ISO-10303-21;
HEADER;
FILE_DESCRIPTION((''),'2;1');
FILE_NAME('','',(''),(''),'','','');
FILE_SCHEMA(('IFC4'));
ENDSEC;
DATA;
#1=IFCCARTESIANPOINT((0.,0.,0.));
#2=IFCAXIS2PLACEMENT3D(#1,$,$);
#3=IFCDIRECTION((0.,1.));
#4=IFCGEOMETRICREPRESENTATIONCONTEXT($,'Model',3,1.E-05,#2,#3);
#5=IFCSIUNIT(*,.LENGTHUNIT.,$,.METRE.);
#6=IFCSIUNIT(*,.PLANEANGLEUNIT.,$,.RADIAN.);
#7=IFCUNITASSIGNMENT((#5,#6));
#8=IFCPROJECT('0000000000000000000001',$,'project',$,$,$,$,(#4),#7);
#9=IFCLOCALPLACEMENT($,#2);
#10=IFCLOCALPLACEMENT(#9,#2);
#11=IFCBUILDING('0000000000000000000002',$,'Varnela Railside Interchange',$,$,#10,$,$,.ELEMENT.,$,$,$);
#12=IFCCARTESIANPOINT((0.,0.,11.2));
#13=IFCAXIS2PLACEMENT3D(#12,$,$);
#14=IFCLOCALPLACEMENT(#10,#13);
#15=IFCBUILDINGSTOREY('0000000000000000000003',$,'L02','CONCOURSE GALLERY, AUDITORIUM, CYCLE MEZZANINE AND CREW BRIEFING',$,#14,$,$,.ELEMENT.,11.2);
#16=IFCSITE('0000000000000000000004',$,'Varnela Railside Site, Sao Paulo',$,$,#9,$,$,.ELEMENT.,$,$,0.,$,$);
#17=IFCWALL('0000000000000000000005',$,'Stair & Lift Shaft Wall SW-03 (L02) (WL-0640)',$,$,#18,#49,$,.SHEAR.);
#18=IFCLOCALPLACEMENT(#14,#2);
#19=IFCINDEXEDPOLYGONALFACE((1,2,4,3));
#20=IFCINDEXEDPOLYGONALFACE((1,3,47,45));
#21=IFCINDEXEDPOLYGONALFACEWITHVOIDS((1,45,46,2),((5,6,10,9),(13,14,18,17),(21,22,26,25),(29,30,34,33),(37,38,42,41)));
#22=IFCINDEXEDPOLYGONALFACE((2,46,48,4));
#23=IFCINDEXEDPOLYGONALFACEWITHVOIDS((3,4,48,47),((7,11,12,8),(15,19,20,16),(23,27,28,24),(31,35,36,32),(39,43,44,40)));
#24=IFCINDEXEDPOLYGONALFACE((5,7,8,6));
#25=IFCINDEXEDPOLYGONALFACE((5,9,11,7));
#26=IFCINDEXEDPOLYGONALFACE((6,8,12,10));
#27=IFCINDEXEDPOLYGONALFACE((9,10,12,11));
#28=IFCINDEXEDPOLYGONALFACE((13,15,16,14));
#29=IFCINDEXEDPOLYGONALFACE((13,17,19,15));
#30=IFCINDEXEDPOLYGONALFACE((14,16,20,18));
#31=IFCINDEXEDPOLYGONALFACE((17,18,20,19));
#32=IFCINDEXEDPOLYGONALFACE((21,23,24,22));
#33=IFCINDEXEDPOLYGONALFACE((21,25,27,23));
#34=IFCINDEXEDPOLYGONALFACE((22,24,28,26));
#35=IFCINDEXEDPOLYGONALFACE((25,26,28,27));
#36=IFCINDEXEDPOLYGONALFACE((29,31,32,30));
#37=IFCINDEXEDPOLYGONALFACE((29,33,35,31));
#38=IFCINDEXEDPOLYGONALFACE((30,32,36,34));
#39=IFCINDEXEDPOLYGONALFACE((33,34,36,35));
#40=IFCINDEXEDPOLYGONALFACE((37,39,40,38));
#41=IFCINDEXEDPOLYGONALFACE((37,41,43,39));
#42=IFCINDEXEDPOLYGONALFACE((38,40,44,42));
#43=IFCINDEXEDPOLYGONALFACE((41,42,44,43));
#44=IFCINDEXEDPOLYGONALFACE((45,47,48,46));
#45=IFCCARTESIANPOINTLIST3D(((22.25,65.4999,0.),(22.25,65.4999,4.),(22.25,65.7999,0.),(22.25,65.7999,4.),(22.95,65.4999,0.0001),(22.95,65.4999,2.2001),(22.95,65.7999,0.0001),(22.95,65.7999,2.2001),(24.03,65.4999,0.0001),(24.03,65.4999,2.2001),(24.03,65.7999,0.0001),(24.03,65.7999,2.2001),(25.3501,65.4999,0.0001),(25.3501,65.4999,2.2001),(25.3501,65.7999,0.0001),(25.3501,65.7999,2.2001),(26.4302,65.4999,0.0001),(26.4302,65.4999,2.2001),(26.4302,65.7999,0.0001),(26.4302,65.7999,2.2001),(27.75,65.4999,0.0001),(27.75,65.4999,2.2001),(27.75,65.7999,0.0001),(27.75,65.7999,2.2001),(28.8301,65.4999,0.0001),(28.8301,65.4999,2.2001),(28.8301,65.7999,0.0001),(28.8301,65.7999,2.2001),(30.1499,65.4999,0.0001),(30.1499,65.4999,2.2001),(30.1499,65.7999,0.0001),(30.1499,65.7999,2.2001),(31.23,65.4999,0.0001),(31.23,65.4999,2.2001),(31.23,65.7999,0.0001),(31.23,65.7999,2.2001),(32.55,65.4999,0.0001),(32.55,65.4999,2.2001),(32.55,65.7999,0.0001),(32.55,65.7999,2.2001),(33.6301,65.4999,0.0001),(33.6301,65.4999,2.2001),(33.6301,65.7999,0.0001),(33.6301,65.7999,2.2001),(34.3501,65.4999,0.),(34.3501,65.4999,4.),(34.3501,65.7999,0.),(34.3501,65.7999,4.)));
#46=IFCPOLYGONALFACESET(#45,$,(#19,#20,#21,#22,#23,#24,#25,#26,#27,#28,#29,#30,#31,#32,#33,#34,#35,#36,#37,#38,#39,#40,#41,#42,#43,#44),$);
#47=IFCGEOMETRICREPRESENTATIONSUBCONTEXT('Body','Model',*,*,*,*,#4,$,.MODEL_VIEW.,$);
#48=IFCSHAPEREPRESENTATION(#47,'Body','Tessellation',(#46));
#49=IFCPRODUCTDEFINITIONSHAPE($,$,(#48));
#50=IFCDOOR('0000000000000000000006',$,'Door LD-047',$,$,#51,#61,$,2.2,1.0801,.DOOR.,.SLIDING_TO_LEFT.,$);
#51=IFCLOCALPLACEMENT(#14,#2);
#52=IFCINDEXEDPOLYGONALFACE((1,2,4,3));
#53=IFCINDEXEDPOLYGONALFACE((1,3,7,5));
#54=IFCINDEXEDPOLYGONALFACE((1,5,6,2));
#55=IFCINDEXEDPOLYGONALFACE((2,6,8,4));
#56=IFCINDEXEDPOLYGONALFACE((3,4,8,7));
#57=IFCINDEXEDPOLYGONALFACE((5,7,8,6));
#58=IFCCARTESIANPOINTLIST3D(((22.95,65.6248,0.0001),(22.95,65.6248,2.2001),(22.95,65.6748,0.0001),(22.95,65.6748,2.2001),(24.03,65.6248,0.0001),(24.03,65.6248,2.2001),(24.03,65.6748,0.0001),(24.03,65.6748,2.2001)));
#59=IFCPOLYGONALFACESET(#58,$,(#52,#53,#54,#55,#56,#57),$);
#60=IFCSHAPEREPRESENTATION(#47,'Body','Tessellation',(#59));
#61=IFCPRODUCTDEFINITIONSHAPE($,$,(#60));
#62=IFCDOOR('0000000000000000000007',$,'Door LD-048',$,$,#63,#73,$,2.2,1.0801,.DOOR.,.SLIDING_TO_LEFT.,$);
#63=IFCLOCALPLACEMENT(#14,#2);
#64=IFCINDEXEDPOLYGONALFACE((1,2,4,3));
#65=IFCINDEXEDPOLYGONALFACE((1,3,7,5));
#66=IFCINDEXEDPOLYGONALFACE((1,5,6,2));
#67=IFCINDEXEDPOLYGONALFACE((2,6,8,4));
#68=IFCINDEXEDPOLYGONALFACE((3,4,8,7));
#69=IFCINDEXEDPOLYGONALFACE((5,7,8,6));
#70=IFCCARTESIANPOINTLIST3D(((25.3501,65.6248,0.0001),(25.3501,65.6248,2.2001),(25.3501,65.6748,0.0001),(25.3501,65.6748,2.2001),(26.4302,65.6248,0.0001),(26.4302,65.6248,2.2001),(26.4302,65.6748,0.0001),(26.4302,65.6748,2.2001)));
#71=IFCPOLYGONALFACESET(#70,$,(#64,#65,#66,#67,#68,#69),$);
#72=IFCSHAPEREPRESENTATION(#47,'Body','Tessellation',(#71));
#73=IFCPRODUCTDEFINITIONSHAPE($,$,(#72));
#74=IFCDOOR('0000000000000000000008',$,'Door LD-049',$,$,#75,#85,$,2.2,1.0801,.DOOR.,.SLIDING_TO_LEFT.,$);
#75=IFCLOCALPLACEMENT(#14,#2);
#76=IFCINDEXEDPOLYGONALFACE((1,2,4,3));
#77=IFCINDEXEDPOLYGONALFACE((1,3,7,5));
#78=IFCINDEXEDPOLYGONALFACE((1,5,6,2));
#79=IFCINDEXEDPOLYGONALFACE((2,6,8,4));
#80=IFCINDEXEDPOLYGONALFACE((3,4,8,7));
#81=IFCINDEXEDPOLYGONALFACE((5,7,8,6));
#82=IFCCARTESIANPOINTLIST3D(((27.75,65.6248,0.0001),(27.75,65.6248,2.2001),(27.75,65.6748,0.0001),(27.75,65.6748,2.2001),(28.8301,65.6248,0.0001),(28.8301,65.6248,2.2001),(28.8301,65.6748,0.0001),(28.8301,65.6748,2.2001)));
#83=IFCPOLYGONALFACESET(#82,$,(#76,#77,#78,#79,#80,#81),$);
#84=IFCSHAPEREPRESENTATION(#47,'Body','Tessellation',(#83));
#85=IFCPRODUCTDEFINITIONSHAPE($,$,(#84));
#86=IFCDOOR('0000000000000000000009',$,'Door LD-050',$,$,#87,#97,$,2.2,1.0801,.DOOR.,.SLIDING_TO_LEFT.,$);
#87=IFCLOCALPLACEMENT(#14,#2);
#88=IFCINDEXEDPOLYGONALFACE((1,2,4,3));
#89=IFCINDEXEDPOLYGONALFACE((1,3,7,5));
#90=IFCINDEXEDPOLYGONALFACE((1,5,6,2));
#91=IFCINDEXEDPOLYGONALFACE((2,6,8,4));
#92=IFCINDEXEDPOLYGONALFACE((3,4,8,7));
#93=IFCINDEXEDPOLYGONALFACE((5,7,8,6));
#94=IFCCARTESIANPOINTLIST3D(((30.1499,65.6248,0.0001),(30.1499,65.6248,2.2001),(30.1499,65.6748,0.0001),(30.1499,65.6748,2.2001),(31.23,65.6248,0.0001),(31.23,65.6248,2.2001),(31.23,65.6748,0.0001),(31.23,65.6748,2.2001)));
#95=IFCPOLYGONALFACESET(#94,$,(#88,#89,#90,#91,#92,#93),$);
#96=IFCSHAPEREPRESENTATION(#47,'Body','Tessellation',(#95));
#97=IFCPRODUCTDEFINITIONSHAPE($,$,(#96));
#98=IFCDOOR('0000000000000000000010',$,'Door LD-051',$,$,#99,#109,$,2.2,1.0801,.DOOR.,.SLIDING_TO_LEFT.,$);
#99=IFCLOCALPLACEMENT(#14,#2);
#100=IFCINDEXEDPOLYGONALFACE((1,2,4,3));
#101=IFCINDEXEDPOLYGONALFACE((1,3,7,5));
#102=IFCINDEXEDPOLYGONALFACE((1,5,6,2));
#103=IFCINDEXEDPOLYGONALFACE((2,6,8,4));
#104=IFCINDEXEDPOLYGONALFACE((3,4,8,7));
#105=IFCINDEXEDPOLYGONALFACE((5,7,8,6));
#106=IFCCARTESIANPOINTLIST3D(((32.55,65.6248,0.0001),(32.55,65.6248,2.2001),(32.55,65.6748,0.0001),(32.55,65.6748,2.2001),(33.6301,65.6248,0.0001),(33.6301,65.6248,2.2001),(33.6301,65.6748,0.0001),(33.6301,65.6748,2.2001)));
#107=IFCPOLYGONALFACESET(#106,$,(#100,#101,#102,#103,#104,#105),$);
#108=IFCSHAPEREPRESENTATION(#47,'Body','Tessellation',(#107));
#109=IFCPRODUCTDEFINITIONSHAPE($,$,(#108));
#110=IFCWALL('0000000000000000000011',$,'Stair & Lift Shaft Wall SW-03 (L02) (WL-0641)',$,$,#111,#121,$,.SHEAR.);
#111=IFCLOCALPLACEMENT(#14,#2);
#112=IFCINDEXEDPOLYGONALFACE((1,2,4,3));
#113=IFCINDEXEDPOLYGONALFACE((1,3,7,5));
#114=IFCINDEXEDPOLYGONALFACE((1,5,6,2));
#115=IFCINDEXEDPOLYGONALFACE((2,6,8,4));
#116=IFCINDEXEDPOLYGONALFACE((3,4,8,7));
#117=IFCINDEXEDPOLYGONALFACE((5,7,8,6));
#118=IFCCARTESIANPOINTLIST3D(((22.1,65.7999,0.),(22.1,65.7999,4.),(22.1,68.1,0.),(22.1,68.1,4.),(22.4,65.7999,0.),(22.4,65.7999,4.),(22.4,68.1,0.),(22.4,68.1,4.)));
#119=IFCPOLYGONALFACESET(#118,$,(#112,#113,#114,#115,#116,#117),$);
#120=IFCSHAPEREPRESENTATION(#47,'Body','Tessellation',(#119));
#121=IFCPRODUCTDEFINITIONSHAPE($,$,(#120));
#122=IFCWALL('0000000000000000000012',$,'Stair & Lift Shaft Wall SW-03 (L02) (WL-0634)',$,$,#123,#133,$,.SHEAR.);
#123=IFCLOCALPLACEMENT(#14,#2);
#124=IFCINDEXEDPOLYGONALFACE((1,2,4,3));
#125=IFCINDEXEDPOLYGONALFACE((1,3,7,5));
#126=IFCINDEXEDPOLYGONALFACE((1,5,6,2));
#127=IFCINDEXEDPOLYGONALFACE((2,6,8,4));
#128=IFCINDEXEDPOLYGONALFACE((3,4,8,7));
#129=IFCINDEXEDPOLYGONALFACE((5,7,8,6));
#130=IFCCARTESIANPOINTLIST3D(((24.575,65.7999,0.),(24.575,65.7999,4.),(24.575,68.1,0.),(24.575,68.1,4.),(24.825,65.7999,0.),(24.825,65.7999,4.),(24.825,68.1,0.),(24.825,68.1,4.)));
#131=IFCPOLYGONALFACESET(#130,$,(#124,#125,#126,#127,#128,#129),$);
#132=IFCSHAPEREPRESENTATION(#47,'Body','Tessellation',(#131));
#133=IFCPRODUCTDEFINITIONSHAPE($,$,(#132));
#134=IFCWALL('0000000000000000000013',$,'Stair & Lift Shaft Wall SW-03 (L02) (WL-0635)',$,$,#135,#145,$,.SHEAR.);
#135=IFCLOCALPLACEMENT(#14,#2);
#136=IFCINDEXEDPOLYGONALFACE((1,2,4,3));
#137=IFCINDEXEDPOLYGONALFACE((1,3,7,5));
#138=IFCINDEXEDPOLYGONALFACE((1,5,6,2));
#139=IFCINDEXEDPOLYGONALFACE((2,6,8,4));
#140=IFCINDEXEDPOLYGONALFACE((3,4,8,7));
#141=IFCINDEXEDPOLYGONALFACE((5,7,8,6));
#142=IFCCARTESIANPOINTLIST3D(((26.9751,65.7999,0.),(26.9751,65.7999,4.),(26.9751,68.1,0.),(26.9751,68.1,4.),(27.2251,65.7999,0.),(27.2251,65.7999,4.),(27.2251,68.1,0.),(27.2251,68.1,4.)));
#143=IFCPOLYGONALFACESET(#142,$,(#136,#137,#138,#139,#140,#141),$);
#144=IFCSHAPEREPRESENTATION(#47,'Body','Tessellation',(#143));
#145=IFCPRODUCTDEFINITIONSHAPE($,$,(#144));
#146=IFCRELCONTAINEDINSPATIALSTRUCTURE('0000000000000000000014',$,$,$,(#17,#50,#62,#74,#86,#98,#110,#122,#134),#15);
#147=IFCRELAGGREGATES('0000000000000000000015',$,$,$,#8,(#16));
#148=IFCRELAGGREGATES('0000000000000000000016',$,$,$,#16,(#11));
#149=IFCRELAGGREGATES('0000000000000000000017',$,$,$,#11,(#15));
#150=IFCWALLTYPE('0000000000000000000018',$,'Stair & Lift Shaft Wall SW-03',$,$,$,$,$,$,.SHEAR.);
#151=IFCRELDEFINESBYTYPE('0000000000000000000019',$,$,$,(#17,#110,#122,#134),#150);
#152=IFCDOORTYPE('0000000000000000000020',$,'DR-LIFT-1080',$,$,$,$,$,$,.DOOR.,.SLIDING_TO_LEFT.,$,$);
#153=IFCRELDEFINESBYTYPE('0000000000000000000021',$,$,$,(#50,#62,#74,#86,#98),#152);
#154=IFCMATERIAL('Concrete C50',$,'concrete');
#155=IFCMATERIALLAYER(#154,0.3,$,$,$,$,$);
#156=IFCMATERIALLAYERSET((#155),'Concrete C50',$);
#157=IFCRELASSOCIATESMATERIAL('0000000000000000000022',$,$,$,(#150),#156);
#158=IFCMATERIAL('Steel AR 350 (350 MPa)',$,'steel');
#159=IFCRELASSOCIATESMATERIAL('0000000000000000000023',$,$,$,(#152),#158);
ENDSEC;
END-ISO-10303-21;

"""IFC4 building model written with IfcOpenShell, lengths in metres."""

from ifc_helpers import new_model, si_unit, direction, frame, frame_2d, origin, place, context, subcontext, project, spatial, rectangle, extrude, material, layer, layer_set, type_object, element, fill, save


model = new_model("IFC4")

# Units and contexts
model_context = context("Model", 3, precision=1e-05, world=origin(), true_north=direction((0.0, 1.0)))
body_context = subcontext(model_context, "Body", "Model", "MODEL_VIEW")
ifc_project = project(units=[si_unit("LENGTHUNIT", "METRE"), si_unit("PLANEANGLEUNIT", "RADIAN")], contexts=[model_context])

# Site, building, storey
site_placement = place(None, origin())
site = spatial("IfcSite", under=ifc_project, at=site_placement, Name="Varnela Railside Site, Sao Paulo", CompositionType="ELEMENT", RefElevation=0.0)
building_placement = place(site_placement, origin())
building = spatial("IfcBuilding", under=site, at=building_placement, Name="Varnela Railside Interchange", CompositionType="ELEMENT")
storey_placement = place(building_placement, frame((0.0, 0.0, 11.2)))
storey = spatial("IfcBuildingStorey", under=building, at=storey_placement, Name="L02", Description="CONCOURSE GALLERY, AUDITORIUM, CYCLE MEZZANINE AND CREW BRIEFING", CompositionType="ELEMENT", Elevation=11.2)

# Shared definitions
ifc_material_1 = material(Name="Concrete C50", Category="concrete")
ifc_layer = layer(ifc_material_1, 0.3)
ifc_layer_set = layer_set([ifc_layer], Name="Concrete C50")
wall_type = type_object("IfcWallType", Name="Stair & Lift Shaft Wall SW-03", PredefinedType="SHEAR", material=ifc_layer_set)
ifc_material_2 = material(Name="Steel AR 350 (350 MPa)", Category="steel")

# Shared definitions
door_type_1 = type_object("IfcDoorType", Name="DR-LIFT-1080", OperationType="SLIDING_TO_LEFT", PredefinedType="DOOR", material=ifc_material_2)

# Wall, openings, doors
wall_1_placement = place(storey_placement, frame((22.25, 65.6499, 0.0), z_axis=(0.0, 0.0, 1.0), x_axis=(1.0, 0.0, 0.0)))
wall_1 = element("IfcWall", 1, at=wall_1_placement, inside=storey, type_object=wall_type, Name="Stair & Lift Shaft Wall SW-03 (L02) (WL-0640)", PredefinedType="SHEAR", context=body_context, shape_type="SweptSolid", body=[
    extrude(rectangle(XDim=12.1001, YDim=0.3, at=frame_2d((6.05, 0.0))), origin(), (0.0, 0.0, 1.0), 4.0),
])
opening_1_placement = place(wall_1_placement, frame((0.7, 0.0, 0.0)))
opening_1 = element("IfcOpeningElement", 2, at=opening_1_placement, cuts=wall_1, PredefinedType="OPENING", context=body_context, shape_type="SweptSolid", body=[
    extrude(rectangle(XDim=1.0801, YDim=2.2, at=frame_2d((0.54, 1.1001))), frame((0.0, 0.1599, 0.0), z_axis=(0.0, -1.0, 0.0), x_axis=(1.0, 0.0, 0.0)), (0.0, 0.0, 1.0), 0.3201),
])
opening_2_placement = place(wall_1_placement, frame((3.1001, 0.0, 0.0)))
opening_2 = element("IfcOpeningElement", 3, at=opening_2_placement, cuts=wall_1, PredefinedType="OPENING", context=body_context, shape_type="SweptSolid", body=[
    extrude(rectangle(XDim=1.0801, YDim=2.2, at=frame_2d((0.54, 1.1001))), frame((0.0, 0.1599, 0.0), z_axis=(0.0, -1.0, 0.0), x_axis=(1.0, 0.0, 0.0)), (0.0, 0.0, 1.0), 0.3201),
])
opening_3_placement = place(wall_1_placement, frame((5.5, 0.0, 0.0)))
opening_3 = element("IfcOpeningElement", 4, at=opening_3_placement, cuts=wall_1, PredefinedType="OPENING", context=body_context, shape_type="SweptSolid", body=[
    extrude(rectangle(XDim=1.0801, YDim=2.2, at=frame_2d((0.54, 1.1001))), frame((0.0, 0.1599, 0.0), z_axis=(0.0, -1.0, 0.0), x_axis=(1.0, 0.0, 0.0)), (0.0, 0.0, 1.0), 0.3201),
])
opening_4_placement = place(wall_1_placement, frame((7.8999, 0.0, 0.0)))
opening_4 = element("IfcOpeningElement", 5, at=opening_4_placement, cuts=wall_1, PredefinedType="OPENING", context=body_context, shape_type="SweptSolid", body=[
    extrude(rectangle(XDim=1.0801, YDim=2.2, at=frame_2d((0.54, 1.1001))), frame((0.0, 0.1599, 0.0), z_axis=(0.0, -1.0, 0.0), x_axis=(1.0, 0.0, 0.0)), (0.0, 0.0, 1.0), 0.3201),
])
opening_5_placement = place(wall_1_placement, frame((10.3, 0.0, 0.0)))
opening_5 = element("IfcOpeningElement", 6, at=opening_5_placement, cuts=wall_1, PredefinedType="OPENING", context=body_context, shape_type="SweptSolid", body=[
    extrude(rectangle(XDim=1.0801, YDim=2.2, at=frame_2d((0.54, 1.1001))), frame((0.0, 0.1599, 0.0), z_axis=(0.0, -1.0, 0.0), x_axis=(1.0, 0.0, 0.0)), (0.0, 0.0, 1.0), 0.3201),
])
door_1_placement = place(opening_1_placement, origin())
door_1 = element("IfcDoor", 7, at=door_1_placement, inside=storey, type_object=door_type_1, Name="Door LD-047", OperationType="SLIDING_TO_LEFT", OverallHeight=2.2, OverallWidth=1.0801, PredefinedType="DOOR", context=body_context, shape_type="SweptSolid", body=[
    extrude(rectangle(XDim=1.0801, YDim=2.2, at=frame_2d((0.54, 1.1001))), frame((0.0, 0.0249, 0.0), z_axis=(0.0, -1.0, 0.0), x_axis=(1.0, 0.0, 0.0)), (0.0, 0.0, 1.0), 0.05),
])
fill(opening_1, door_1)
door_2_placement = place(opening_2_placement, origin())
door_2 = element("IfcDoor", 8, at=door_2_placement, inside=storey, type_object=door_type_1, Name="Door LD-048", OperationType="SLIDING_TO_LEFT", OverallHeight=2.2, OverallWidth=1.0801, PredefinedType="DOOR", context=body_context, shape_type="SweptSolid", body=[
    extrude(rectangle(XDim=1.0801, YDim=2.2, at=frame_2d((0.54, 1.1001))), frame((0.0, 0.0249, 0.0), z_axis=(0.0, -1.0, 0.0), x_axis=(1.0, 0.0, 0.0)), (0.0, 0.0, 1.0), 0.05),
])
fill(opening_2, door_2)
door_3_placement = place(opening_3_placement, origin())
door_3 = element("IfcDoor", 9, at=door_3_placement, inside=storey, type_object=door_type_1, Name="Door LD-049", OperationType="SLIDING_TO_LEFT", OverallHeight=2.2, OverallWidth=1.0801, PredefinedType="DOOR", context=body_context, shape_type="SweptSolid", body=[
    extrude(rectangle(XDim=1.0801, YDim=2.2, at=frame_2d((0.54, 1.1001))), frame((0.0, 0.0249, 0.0), z_axis=(0.0, -1.0, 0.0), x_axis=(1.0, 0.0, 0.0)), (0.0, 0.0, 1.0), 0.05),
])
fill(opening_3, door_3)
door_4_placement = place(opening_4_placement, origin())
door_4 = element("IfcDoor", 10, at=door_4_placement, inside=storey, type_object=door_type_1, Name="Door LD-050", OperationType="SLIDING_TO_LEFT", OverallHeight=2.2, OverallWidth=1.0801, PredefinedType="DOOR", context=body_context, shape_type="SweptSolid", body=[
    extrude(rectangle(XDim=1.0801, YDim=2.2, at=frame_2d((0.54, 1.1001))), frame((0.0, 0.0249, 0.0), z_axis=(0.0, -1.0, 0.0), x_axis=(1.0, 0.0, 0.0)), (0.0, 0.0, 1.0), 0.05),
])
fill(opening_4, door_4)
door_5_placement = place(opening_5_placement, origin())
door_5 = element("IfcDoor", 11, at=door_5_placement, inside=storey, type_object=door_type_1, Name="Door LD-051", OperationType="SLIDING_TO_LEFT", OverallHeight=2.2, OverallWidth=1.0801, PredefinedType="DOOR", context=body_context, shape_type="SweptSolid", body=[
    extrude(rectangle(XDim=1.0801, YDim=2.2, at=frame_2d((0.54, 1.1001))), frame((0.0, 0.0249, 0.0), z_axis=(0.0, -1.0, 0.0), x_axis=(1.0, 0.0, 0.0)), (0.0, 0.0, 1.0), 0.05),
])
fill(opening_5, door_5)

# Walls
wall_2_placement = place(storey_placement, frame((22.25, 65.8, 0.0), z_axis=(0.0, 0.0, 1.0), x_axis=(0.0, 1.0, 0.0)))
element("IfcWall", 12, at=wall_2_placement, inside=storey, type_object=wall_type, Name="Stair & Lift Shaft Wall SW-03 (L02) (WL-0641)", PredefinedType="SHEAR", context=body_context, shape_type="SweptSolid", body=[
    extrude(rectangle(XDim=2.3, YDim=0.3, at=frame_2d((1.1499, 0.0))), origin(), (0.0, 0.0, 1.0), 4.0),
])
for number, where, z_axis, x_axis, name in (
    (13, (24.7, 65.8, 0.0), (0.0, 0.0, 1.0), (0.0, 1.0, 0.0), "Stair & Lift Shaft Wall SW-03 (L02) (WL-0634)"),
    (14, (27.1001, 65.8, 0.0), (0.0, 0.0, 1.0), (0.0, 1.0, 0.0), "Stair & Lift Shaft Wall SW-03 (L02) (WL-0635)"),
):
    element("IfcWall", number, at=place(storey_placement, frame(where, z_axis=z_axis, x_axis=x_axis)), inside=storey, type_object=wall_type, Name=name, PredefinedType="SHEAR", context=body_context, shape_type="SweptSolid", body=[
        extrude(rectangle(XDim=2.3, YDim=0.25, at=frame_2d((1.1499, 0.0))), origin(), (0.0, 0.0, 1.0), 4.0),
    ])

save(model, "model.ifc")
